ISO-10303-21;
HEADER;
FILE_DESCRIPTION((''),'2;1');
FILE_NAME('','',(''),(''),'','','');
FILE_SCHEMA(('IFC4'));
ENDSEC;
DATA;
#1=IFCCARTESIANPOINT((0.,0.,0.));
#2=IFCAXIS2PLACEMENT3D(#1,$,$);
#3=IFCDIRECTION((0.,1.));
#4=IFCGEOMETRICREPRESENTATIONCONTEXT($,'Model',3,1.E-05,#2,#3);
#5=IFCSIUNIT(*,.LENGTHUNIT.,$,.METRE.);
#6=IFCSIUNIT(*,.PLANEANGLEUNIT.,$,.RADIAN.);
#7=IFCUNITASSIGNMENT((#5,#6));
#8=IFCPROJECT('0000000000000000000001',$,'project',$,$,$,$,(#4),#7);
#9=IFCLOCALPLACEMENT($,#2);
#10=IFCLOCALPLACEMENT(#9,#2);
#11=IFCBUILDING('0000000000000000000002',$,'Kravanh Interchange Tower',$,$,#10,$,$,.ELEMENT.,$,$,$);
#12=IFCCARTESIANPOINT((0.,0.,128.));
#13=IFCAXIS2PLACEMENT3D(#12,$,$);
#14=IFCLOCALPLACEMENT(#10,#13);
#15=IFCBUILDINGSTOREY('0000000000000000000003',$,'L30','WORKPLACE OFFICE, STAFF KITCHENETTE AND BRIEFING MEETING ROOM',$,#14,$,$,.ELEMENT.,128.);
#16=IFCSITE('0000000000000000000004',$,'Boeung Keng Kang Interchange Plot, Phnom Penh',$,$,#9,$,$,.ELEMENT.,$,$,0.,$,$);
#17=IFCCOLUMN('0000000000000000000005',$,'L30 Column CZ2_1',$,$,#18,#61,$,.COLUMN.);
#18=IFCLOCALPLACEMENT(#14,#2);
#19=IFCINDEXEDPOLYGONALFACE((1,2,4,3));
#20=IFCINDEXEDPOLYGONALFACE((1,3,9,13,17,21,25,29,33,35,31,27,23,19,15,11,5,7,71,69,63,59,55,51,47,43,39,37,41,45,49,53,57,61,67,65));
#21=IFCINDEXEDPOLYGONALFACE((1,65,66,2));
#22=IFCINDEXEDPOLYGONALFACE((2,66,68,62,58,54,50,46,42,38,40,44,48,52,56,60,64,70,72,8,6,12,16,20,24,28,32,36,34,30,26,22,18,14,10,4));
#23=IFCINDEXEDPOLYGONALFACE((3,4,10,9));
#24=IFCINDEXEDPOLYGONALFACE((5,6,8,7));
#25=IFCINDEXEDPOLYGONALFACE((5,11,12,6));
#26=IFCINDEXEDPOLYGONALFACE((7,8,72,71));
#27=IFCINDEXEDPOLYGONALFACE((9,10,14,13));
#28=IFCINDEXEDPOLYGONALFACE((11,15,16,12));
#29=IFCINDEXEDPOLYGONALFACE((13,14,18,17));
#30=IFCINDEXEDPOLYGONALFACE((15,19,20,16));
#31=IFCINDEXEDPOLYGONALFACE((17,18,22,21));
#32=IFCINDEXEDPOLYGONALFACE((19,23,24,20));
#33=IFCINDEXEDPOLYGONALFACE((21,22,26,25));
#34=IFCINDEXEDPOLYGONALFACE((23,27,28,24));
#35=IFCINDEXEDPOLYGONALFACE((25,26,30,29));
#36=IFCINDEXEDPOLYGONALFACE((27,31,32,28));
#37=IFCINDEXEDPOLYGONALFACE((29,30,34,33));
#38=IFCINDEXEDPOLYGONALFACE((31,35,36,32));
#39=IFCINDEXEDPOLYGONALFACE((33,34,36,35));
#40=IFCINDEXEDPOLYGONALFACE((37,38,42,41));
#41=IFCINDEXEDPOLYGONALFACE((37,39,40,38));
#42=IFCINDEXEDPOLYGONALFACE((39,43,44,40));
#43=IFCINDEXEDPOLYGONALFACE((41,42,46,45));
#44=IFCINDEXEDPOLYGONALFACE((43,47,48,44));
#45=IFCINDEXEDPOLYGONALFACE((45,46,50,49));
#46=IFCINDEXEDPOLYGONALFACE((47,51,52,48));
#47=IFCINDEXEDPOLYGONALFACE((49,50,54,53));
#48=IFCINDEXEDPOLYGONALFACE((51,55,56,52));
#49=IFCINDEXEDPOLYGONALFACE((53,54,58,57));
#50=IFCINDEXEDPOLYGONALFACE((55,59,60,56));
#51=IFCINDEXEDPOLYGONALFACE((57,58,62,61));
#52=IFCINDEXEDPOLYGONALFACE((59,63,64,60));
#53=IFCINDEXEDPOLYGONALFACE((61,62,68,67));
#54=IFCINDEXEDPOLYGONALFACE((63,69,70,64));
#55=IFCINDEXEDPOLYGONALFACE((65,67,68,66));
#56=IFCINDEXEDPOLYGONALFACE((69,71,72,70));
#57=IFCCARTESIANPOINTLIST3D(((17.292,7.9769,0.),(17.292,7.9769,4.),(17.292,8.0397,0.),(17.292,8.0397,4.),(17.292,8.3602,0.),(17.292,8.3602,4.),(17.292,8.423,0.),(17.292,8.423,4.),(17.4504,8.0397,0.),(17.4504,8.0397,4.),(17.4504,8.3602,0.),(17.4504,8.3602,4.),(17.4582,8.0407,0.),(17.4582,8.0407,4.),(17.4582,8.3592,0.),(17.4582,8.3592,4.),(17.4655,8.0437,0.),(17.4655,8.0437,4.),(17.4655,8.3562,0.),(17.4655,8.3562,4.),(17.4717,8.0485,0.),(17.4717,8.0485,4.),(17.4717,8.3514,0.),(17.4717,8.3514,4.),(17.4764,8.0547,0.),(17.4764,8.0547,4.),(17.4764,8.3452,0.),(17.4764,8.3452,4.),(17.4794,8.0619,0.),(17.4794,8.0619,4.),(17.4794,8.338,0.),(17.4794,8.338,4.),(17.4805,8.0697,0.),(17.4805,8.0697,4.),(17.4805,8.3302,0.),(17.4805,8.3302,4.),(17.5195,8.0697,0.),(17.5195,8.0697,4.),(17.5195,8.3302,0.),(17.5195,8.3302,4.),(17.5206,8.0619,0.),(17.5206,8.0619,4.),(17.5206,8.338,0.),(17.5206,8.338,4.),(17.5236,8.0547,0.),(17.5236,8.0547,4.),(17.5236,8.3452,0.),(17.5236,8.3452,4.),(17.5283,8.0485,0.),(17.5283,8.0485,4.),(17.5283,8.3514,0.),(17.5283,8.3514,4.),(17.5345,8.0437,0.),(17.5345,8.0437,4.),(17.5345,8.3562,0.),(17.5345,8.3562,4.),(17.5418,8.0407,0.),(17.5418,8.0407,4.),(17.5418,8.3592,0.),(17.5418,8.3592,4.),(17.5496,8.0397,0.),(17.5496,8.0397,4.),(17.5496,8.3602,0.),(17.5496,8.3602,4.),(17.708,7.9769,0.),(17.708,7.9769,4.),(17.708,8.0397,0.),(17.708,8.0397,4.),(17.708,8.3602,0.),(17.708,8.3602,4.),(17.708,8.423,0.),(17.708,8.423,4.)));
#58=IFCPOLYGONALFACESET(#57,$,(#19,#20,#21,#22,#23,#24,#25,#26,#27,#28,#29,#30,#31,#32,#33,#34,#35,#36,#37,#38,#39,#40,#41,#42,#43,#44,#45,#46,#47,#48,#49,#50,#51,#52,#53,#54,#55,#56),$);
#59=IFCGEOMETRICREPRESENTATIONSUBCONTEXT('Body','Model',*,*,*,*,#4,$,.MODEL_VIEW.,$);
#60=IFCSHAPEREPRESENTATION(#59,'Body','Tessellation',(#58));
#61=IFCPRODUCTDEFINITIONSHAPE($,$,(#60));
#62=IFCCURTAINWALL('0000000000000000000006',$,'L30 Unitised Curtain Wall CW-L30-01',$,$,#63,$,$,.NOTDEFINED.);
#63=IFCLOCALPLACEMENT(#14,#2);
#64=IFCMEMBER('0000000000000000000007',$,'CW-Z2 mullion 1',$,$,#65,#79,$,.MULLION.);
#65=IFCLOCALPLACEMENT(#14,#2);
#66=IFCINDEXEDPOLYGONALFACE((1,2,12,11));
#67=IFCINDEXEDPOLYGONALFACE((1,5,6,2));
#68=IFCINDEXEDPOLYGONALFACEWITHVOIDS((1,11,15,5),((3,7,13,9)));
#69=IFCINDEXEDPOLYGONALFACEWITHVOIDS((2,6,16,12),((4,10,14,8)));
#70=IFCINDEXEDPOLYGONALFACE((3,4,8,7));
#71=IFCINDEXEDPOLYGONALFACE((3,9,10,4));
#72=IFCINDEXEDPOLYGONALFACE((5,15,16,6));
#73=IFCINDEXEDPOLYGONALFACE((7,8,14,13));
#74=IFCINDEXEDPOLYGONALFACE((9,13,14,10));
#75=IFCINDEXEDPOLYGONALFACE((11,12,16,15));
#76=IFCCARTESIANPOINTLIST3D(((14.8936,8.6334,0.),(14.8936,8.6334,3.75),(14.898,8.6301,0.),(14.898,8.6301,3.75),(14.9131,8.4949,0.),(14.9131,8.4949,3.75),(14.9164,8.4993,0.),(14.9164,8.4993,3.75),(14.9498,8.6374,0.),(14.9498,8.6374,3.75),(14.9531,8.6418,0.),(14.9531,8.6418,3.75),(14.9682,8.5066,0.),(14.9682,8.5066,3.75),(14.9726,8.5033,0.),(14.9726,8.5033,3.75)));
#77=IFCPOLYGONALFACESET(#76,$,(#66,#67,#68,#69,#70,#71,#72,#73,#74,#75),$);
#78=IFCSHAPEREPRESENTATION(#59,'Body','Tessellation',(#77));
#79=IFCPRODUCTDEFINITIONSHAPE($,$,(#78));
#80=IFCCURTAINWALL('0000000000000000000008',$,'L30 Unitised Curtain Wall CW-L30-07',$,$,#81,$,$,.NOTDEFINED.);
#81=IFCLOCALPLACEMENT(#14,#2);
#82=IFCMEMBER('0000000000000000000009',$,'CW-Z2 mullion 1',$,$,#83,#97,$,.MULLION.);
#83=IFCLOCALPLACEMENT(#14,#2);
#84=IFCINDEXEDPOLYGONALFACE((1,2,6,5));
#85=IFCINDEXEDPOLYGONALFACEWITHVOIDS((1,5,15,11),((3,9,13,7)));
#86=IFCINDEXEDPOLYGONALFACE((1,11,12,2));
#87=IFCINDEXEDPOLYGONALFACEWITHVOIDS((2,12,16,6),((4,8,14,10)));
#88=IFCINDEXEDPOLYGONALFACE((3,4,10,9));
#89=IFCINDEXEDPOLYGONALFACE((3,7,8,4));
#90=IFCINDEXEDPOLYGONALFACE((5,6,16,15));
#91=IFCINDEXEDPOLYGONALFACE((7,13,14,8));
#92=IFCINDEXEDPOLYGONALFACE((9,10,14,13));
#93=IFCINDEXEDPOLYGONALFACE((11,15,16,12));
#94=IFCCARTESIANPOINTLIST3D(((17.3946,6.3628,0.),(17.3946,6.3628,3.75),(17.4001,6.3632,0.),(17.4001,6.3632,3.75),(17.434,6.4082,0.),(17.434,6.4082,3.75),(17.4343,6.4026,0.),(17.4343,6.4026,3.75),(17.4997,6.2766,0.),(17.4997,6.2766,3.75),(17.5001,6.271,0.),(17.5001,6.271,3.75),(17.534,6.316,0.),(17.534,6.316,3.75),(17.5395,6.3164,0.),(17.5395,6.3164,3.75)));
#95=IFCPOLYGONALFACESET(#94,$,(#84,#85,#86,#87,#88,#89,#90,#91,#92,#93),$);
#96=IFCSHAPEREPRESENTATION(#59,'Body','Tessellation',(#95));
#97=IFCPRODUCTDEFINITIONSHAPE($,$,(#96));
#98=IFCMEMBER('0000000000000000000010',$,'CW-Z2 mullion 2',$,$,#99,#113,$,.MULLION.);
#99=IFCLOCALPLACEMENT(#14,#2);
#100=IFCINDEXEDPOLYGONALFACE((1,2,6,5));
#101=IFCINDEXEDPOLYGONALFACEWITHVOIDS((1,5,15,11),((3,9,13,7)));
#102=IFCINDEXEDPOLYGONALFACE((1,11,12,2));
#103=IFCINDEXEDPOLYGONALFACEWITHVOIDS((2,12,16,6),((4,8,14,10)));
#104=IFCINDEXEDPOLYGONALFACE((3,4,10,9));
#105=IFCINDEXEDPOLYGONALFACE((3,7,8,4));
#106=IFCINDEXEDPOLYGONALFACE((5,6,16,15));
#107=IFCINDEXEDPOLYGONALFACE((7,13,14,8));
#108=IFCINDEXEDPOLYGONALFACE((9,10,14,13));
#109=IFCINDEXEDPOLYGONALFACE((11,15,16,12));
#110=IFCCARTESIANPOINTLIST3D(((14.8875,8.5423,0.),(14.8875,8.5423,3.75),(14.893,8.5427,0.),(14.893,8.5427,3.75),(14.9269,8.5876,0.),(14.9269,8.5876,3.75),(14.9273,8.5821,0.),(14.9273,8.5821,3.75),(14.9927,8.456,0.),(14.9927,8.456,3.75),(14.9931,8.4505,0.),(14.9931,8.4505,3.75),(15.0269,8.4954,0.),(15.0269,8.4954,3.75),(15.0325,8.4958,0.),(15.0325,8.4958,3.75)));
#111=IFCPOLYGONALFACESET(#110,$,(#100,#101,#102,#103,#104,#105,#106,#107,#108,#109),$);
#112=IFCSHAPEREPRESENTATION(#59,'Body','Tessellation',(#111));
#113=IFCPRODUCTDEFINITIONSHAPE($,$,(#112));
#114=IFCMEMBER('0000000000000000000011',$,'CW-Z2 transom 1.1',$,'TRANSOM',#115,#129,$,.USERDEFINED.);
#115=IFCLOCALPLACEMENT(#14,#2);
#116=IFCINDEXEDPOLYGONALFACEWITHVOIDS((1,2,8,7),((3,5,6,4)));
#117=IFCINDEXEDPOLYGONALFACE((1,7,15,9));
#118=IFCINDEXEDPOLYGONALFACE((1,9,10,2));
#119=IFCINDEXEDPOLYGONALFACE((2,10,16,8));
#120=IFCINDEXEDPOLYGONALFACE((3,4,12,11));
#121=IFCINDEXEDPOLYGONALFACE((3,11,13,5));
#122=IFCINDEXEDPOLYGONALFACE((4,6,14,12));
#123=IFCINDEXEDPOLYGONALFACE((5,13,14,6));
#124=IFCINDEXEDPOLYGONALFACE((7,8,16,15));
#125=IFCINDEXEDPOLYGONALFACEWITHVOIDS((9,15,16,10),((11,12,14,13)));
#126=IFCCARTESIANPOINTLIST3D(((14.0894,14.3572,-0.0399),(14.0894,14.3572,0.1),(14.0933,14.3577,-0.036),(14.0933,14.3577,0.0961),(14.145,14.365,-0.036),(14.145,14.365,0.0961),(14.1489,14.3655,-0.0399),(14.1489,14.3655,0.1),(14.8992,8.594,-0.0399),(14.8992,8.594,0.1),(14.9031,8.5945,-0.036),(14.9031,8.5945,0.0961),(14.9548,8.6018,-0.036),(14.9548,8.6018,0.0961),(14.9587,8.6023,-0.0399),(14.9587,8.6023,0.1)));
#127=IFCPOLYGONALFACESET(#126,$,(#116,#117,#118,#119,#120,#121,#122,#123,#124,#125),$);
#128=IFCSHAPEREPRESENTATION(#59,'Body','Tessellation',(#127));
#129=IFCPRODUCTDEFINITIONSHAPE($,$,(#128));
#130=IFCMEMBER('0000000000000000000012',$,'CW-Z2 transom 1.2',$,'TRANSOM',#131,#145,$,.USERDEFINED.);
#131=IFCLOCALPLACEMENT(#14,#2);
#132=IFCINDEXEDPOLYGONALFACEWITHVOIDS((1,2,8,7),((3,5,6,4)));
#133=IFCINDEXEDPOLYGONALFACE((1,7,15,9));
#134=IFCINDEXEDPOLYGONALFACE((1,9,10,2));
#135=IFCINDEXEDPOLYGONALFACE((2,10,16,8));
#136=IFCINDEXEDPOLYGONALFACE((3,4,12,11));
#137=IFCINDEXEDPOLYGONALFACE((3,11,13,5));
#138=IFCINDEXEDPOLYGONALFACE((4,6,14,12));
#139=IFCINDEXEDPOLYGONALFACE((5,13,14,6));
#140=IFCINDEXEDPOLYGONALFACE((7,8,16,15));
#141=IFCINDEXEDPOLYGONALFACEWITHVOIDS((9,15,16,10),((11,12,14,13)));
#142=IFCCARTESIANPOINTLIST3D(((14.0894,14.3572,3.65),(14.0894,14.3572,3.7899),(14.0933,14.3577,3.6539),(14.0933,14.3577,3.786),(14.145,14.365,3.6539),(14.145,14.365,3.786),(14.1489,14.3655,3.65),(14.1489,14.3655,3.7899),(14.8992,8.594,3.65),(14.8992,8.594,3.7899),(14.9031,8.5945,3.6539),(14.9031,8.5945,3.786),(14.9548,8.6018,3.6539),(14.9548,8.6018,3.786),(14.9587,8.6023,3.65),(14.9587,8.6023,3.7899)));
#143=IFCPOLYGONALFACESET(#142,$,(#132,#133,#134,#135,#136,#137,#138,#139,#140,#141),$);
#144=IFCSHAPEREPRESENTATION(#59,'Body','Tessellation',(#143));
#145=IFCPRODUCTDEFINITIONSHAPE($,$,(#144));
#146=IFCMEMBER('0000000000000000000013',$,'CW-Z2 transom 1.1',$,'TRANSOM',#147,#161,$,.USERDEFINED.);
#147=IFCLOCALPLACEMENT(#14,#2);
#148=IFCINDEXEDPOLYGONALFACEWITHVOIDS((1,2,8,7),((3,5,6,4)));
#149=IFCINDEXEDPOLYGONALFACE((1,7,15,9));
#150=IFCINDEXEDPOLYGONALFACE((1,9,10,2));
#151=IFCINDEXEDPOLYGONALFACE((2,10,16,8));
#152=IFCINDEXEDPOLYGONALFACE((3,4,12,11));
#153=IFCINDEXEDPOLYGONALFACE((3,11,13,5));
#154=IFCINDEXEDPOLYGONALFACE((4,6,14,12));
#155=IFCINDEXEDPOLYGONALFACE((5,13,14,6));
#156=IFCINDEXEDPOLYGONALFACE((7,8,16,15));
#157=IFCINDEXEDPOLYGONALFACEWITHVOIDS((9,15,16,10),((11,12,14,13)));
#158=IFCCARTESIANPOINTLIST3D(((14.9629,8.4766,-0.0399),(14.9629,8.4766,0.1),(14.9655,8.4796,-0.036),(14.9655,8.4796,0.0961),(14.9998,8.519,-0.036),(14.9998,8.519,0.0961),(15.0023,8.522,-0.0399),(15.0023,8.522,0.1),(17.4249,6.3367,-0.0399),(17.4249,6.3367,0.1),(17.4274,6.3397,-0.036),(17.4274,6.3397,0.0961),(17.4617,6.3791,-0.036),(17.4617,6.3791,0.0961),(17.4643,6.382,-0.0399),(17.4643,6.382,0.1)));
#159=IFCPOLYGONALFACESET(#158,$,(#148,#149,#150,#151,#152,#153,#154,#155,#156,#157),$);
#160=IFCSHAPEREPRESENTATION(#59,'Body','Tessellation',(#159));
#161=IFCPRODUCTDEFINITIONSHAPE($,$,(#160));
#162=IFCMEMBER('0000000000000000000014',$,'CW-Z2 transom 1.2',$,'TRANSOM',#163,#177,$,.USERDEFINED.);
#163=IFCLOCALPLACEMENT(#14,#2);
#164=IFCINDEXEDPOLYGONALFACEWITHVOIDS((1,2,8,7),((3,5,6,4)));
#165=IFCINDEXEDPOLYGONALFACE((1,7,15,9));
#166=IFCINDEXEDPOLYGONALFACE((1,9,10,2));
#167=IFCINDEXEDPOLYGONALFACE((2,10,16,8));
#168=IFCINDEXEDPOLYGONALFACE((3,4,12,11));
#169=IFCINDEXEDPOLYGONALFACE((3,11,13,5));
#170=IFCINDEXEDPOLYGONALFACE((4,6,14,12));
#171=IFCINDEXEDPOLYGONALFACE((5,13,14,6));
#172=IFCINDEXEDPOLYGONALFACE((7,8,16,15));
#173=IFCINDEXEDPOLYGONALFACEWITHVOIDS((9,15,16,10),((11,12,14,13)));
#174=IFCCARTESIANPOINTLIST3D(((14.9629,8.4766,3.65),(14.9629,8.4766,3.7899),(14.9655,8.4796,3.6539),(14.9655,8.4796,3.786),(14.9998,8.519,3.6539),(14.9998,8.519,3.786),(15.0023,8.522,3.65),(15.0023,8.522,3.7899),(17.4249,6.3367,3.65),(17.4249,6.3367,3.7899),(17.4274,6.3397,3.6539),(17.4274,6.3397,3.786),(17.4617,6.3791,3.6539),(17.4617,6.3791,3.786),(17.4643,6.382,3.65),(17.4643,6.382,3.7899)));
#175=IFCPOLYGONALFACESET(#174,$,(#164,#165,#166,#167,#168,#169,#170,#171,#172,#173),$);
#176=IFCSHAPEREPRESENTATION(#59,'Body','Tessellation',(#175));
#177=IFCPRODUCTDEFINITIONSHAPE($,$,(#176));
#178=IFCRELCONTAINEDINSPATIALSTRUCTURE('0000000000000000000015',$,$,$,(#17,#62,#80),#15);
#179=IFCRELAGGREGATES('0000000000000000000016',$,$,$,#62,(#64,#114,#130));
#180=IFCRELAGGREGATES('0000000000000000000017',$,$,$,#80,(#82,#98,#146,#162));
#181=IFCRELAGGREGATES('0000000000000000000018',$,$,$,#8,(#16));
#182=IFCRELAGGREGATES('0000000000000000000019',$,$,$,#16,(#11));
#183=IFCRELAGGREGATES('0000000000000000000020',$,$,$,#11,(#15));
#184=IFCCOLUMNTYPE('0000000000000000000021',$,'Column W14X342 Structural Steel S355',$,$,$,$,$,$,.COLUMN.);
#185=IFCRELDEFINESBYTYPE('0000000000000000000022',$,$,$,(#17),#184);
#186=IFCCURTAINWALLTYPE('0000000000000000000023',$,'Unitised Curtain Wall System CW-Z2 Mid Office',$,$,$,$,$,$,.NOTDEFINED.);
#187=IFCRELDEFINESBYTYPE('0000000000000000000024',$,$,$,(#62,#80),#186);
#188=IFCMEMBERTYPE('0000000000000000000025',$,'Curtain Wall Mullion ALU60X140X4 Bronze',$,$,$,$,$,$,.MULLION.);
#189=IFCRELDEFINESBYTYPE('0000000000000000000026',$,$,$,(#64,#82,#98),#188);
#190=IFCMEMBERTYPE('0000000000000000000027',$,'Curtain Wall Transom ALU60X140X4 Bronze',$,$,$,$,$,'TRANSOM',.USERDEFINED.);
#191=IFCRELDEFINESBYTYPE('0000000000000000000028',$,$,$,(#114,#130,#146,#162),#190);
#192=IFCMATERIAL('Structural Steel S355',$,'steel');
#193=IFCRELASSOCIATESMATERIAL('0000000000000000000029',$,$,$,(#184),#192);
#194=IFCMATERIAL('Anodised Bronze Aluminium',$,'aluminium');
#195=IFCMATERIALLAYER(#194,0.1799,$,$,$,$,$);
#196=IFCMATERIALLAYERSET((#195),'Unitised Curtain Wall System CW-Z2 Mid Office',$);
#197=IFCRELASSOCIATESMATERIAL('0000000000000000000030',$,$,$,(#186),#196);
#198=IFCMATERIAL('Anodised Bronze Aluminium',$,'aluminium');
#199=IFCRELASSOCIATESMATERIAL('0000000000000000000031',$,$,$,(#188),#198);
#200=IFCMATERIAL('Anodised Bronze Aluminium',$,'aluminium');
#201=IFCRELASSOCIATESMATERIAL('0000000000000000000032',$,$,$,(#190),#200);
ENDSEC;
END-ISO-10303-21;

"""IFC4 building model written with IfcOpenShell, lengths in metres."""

from ifc_helpers import new_model, si_unit, direction, frame, origin, origin_2d, place, context, subcontext, project, spatial, hollow_rectangle, i_section, extrude, material, layer, layer_set, material_profile, profile_set, type_object, element, aggregate, save


model = new_model("IFC4")

# Units and contexts
model_context = context("Model", 3, precision=1e-05, world=origin(), true_north=direction((0.0, 1.0)))
body_context = subcontext(model_context, "Body", "Model", "MODEL_VIEW")
ifc_project = project(units=[si_unit("LENGTHUNIT", "METRE"), si_unit("PLANEANGLEUNIT", "RADIAN")], contexts=[model_context])

# Site, building, storey
site_placement = place(None, origin())
site = spatial("IfcSite", under=ifc_project, at=site_placement, Name="Boeung Keng Kang Interchange Plot, Phnom Penh", CompositionType="ELEMENT", RefElevation=0.0)
building_placement = place(site_placement, origin())
building = spatial("IfcBuilding", under=site, at=building_placement, Name="Kravanh Interchange Tower", CompositionType="ELEMENT")
storey_placement = place(building_placement, frame((0.0, 0.0, 128.0)))
storey = spatial("IfcBuildingStorey", under=building, at=storey_placement, Name="L30", Description="WORKPLACE OFFICE, STAFF KITCHENETTE AND BRIEFING MEETING ROOM", CompositionType="ELEMENT", Elevation=128.0)

# Column
ifc_material_1 = material(Name="Structural Steel S355", Category="steel")
ifc_material_profile_1 = material_profile(ifc_material_1, i_section(OverallWidth=0.416, OverallDepth=0.446, WebThickness=0.0391, FlangeThickness=0.0627, FilletRadius=0.03, at=origin_2d()), Name="W14X342")
ifc_profile_set_1 = profile_set([ifc_material_profile_1], Name="Structural Steel S355")
column_type = type_object("IfcColumnType", Name="Column W14X342 Structural Steel S355", PredefinedType="COLUMN", material=ifc_profile_set_1)
column_placement = place(storey_placement, frame((17.5, 8.2, 0.0), z_axis=(0.0, 0.0, 1.0), x_axis=(1.0, 0.0, 0.0)))
element("IfcColumn", 1, at=column_placement, inside=storey, type_object=column_type, Name="L30 Column CZ2_1", PredefinedType="COLUMN", context=body_context, shape_type="SweptSolid", body=[
    extrude(i_section(OverallWidth=0.416, OverallDepth=0.446, WebThickness=0.0391, FlangeThickness=0.0627, FilletRadius=0.03, at=origin_2d()), origin(), (0.0, 0.0, 1.0), 4.0),
])

# Curtain wall, member
ifc_material_2 = material(Name="Anodised Bronze Aluminium", Category="aluminium")
ifc_layer_1 = layer(ifc_material_2, 0.1799)
ifc_layer_set_1 = layer_set([ifc_layer_1], Name="Unitised Curtain Wall System CW-Z2 Mid Office")
curtain_wall_type = type_object("IfcCurtainWallType", Name="Unitised Curtain Wall System CW-Z2 Mid Office", PredefinedType="NOTDEFINED", material=ifc_layer_set_1)
curtain_wall_1_placement = place(storey_placement, origin())
curtain_wall_1 = element("IfcCurtainWall", 2, at=curtain_wall_1_placement, inside=storey, type_object=curtain_wall_type, Name="L30 Unitised Curtain Wall CW-L30-01", PredefinedType="NOTDEFINED")
ifc_material_3 = material(Name="Anodised Bronze Aluminium", Category="aluminium")
ifc_material_profile_2 = material_profile(ifc_material_3, hollow_rectangle(XDim=0.0601, YDim=0.1399, WallThickness=0.0039, at=origin_2d()), Name="ALU60X140X4")
ifc_profile_set_2 = profile_set([ifc_material_profile_2], Name="Anodised Bronze Aluminium")
member_type_1 = type_object("IfcMemberType", Name="Curtain Wall Mullion ALU60X140X4 Bronze", PredefinedType="MULLION", material=ifc_profile_set_2)
member_1_placement = place(storey_placement, frame((14.9331, 8.5684, 0.0), z_axis=(0.0, 0.0, 1.0), x_axis=(-0.990268, -0.139173, 0.0)))
member_1 = element("IfcMember", 3, at=member_1_placement, type_object=member_type_1, Name="CW-Z2 mullion 1", PredefinedType="MULLION", context=body_context, shape_type="SweptSolid", body=[
    extrude(hollow_rectangle(XDim=0.0601, YDim=0.1399, WallThickness=0.0039, at=origin_2d()), origin(), (0.0, 0.0, 1.0), 3.75),
])

# Curtain wall, members
curtain_wall_2_placement = place(storey_placement, origin())
curtain_wall_2 = element("IfcCurtainWall", 4, at=curtain_wall_2_placement, inside=storey, type_object=curtain_wall_type, Name="L30 Unitised Curtain Wall CW-L30-07", PredefinedType="NOTDEFINED")
member_2_placement = place(storey_placement, frame((17.467, 6.3396, 0.0), z_axis=(0.0, 0.0, 1.0), x_axis=(-0.656048, -0.754719, 0.0)))
member_2 = element("IfcMember", 5, at=member_2_placement, type_object=member_type_1, Name="CW-Z2 mullion 1", PredefinedType="MULLION", context=body_context, shape_type="SweptSolid", body=[
    extrude(hollow_rectangle(XDim=0.0601, YDim=0.1399, WallThickness=0.0039, at=origin_2d()), origin(), (0.0, 0.0, 1.0), 3.75),
])
member_3_placement = place(storey_placement, frame((14.96, 8.519, 0.0), z_axis=(0.0, 0.0, 1.0), x_axis=(-0.656048, -0.754719, 0.0)))
member_3 = element("IfcMember", 6, at=member_3_placement, type_object=member_type_1, Name="CW-Z2 mullion 2", PredefinedType="MULLION", context=body_context, shape_type="SweptSolid", body=[
    extrude(hollow_rectangle(XDim=0.0601, YDim=0.1399, WallThickness=0.0039, at=origin_2d()), origin(), (0.0, 0.0, 1.0), 3.75),
])

# Members
ifc_material_4 = material(Name="Anodised Bronze Aluminium", Category="aluminium")
ifc_material_profile_3 = material_profile(ifc_material_4, hollow_rectangle(XDim=0.0601, YDim=0.1399, WallThickness=0.0039, at=origin_2d()), Name="ALU60X140X4")
ifc_profile_set_3 = profile_set([ifc_material_profile_3], Name="Anodised Bronze Aluminium")
member_type_2 = type_object("IfcMemberType", Name="Curtain Wall Transom ALU60X140X4 Bronze", ElementType="TRANSOM", PredefinedType="USERDEFINED", material=ifc_profile_set_3)
member_4_placement = place(storey_placement, frame((14.929, 8.5981, 0.03), z_axis=(-0.139148, 0.990272, 0.0), x_axis=(-0.990272, -0.139148, 0.0)))
member_4 = element("IfcMember", 7, at=member_4_placement, type_object=member_type_2, Name="CW-Z2 transom 1.1", ObjectType="TRANSOM", PredefinedType="USERDEFINED", context=body_context, shape_type="SweptSolid", body=[
    extrude(hollow_rectangle(XDim=0.0601, YDim=0.1399, WallThickness=0.0039, at=origin_2d()), origin(), (0.0, 0.0, 1.0), 5.8198),
])
member_5_placement = place(storey_placement, frame((14.929, 8.5981, 3.72), z_axis=(-0.139148, 0.990272, 0.0), x_axis=(-0.990272, -0.139148, 0.0)))
member_5 = element("IfcMember", 8, at=member_5_placement, type_object=member_type_2, Name="CW-Z2 transom 1.2", ObjectType="TRANSOM", PredefinedType="USERDEFINED", context=body_context, shape_type="SweptSolid", body=[
    extrude(hollow_rectangle(XDim=0.0601, YDim=0.1399, WallThickness=0.0039, at=origin_2d()), origin(), (0.0, 0.0, 1.0), 5.8198),
])
member_6_placement = place(storey_placement, frame((17.4446, 6.3594, 0.03), z_axis=(-0.754742, 0.656021, 0.0), x_axis=(-0.656021, -0.754742, 0.0)))
member_6 = element("IfcMember", 9, at=member_6_placement, type_object=member_type_2, Name="CW-Z2 transom 1.1", ObjectType="TRANSOM", PredefinedType="USERDEFINED", context=body_context, shape_type="SweptSolid", body=[
    extrude(hollow_rectangle(XDim=0.0601, YDim=0.1399, WallThickness=0.0039, at=origin_2d()), origin(), (0.0, 0.0, 1.0), 3.262),
])
member_7_placement = place(storey_placement, frame((17.4446, 6.3594, 3.72), z_axis=(-0.754742, 0.656021, 0.0), x_axis=(-0.656021, -0.754742, 0.0)))
member_7 = element("IfcMember", 10, at=member_7_placement, type_object=member_type_2, Name="CW-Z2 transom 1.2", ObjectType="TRANSOM", PredefinedType="USERDEFINED", context=body_context, shape_type="SweptSolid", body=[
    extrude(hollow_rectangle(XDim=0.0601, YDim=0.1399, WallThickness=0.0039, at=origin_2d()), origin(), (0.0, 0.0, 1.0), 3.262),
])

aggregate(curtain_wall_1, [member_1, member_4, member_5])
aggregate(curtain_wall_2, [member_2, member_3, member_6, member_7])

save(model, "model.ifc")
